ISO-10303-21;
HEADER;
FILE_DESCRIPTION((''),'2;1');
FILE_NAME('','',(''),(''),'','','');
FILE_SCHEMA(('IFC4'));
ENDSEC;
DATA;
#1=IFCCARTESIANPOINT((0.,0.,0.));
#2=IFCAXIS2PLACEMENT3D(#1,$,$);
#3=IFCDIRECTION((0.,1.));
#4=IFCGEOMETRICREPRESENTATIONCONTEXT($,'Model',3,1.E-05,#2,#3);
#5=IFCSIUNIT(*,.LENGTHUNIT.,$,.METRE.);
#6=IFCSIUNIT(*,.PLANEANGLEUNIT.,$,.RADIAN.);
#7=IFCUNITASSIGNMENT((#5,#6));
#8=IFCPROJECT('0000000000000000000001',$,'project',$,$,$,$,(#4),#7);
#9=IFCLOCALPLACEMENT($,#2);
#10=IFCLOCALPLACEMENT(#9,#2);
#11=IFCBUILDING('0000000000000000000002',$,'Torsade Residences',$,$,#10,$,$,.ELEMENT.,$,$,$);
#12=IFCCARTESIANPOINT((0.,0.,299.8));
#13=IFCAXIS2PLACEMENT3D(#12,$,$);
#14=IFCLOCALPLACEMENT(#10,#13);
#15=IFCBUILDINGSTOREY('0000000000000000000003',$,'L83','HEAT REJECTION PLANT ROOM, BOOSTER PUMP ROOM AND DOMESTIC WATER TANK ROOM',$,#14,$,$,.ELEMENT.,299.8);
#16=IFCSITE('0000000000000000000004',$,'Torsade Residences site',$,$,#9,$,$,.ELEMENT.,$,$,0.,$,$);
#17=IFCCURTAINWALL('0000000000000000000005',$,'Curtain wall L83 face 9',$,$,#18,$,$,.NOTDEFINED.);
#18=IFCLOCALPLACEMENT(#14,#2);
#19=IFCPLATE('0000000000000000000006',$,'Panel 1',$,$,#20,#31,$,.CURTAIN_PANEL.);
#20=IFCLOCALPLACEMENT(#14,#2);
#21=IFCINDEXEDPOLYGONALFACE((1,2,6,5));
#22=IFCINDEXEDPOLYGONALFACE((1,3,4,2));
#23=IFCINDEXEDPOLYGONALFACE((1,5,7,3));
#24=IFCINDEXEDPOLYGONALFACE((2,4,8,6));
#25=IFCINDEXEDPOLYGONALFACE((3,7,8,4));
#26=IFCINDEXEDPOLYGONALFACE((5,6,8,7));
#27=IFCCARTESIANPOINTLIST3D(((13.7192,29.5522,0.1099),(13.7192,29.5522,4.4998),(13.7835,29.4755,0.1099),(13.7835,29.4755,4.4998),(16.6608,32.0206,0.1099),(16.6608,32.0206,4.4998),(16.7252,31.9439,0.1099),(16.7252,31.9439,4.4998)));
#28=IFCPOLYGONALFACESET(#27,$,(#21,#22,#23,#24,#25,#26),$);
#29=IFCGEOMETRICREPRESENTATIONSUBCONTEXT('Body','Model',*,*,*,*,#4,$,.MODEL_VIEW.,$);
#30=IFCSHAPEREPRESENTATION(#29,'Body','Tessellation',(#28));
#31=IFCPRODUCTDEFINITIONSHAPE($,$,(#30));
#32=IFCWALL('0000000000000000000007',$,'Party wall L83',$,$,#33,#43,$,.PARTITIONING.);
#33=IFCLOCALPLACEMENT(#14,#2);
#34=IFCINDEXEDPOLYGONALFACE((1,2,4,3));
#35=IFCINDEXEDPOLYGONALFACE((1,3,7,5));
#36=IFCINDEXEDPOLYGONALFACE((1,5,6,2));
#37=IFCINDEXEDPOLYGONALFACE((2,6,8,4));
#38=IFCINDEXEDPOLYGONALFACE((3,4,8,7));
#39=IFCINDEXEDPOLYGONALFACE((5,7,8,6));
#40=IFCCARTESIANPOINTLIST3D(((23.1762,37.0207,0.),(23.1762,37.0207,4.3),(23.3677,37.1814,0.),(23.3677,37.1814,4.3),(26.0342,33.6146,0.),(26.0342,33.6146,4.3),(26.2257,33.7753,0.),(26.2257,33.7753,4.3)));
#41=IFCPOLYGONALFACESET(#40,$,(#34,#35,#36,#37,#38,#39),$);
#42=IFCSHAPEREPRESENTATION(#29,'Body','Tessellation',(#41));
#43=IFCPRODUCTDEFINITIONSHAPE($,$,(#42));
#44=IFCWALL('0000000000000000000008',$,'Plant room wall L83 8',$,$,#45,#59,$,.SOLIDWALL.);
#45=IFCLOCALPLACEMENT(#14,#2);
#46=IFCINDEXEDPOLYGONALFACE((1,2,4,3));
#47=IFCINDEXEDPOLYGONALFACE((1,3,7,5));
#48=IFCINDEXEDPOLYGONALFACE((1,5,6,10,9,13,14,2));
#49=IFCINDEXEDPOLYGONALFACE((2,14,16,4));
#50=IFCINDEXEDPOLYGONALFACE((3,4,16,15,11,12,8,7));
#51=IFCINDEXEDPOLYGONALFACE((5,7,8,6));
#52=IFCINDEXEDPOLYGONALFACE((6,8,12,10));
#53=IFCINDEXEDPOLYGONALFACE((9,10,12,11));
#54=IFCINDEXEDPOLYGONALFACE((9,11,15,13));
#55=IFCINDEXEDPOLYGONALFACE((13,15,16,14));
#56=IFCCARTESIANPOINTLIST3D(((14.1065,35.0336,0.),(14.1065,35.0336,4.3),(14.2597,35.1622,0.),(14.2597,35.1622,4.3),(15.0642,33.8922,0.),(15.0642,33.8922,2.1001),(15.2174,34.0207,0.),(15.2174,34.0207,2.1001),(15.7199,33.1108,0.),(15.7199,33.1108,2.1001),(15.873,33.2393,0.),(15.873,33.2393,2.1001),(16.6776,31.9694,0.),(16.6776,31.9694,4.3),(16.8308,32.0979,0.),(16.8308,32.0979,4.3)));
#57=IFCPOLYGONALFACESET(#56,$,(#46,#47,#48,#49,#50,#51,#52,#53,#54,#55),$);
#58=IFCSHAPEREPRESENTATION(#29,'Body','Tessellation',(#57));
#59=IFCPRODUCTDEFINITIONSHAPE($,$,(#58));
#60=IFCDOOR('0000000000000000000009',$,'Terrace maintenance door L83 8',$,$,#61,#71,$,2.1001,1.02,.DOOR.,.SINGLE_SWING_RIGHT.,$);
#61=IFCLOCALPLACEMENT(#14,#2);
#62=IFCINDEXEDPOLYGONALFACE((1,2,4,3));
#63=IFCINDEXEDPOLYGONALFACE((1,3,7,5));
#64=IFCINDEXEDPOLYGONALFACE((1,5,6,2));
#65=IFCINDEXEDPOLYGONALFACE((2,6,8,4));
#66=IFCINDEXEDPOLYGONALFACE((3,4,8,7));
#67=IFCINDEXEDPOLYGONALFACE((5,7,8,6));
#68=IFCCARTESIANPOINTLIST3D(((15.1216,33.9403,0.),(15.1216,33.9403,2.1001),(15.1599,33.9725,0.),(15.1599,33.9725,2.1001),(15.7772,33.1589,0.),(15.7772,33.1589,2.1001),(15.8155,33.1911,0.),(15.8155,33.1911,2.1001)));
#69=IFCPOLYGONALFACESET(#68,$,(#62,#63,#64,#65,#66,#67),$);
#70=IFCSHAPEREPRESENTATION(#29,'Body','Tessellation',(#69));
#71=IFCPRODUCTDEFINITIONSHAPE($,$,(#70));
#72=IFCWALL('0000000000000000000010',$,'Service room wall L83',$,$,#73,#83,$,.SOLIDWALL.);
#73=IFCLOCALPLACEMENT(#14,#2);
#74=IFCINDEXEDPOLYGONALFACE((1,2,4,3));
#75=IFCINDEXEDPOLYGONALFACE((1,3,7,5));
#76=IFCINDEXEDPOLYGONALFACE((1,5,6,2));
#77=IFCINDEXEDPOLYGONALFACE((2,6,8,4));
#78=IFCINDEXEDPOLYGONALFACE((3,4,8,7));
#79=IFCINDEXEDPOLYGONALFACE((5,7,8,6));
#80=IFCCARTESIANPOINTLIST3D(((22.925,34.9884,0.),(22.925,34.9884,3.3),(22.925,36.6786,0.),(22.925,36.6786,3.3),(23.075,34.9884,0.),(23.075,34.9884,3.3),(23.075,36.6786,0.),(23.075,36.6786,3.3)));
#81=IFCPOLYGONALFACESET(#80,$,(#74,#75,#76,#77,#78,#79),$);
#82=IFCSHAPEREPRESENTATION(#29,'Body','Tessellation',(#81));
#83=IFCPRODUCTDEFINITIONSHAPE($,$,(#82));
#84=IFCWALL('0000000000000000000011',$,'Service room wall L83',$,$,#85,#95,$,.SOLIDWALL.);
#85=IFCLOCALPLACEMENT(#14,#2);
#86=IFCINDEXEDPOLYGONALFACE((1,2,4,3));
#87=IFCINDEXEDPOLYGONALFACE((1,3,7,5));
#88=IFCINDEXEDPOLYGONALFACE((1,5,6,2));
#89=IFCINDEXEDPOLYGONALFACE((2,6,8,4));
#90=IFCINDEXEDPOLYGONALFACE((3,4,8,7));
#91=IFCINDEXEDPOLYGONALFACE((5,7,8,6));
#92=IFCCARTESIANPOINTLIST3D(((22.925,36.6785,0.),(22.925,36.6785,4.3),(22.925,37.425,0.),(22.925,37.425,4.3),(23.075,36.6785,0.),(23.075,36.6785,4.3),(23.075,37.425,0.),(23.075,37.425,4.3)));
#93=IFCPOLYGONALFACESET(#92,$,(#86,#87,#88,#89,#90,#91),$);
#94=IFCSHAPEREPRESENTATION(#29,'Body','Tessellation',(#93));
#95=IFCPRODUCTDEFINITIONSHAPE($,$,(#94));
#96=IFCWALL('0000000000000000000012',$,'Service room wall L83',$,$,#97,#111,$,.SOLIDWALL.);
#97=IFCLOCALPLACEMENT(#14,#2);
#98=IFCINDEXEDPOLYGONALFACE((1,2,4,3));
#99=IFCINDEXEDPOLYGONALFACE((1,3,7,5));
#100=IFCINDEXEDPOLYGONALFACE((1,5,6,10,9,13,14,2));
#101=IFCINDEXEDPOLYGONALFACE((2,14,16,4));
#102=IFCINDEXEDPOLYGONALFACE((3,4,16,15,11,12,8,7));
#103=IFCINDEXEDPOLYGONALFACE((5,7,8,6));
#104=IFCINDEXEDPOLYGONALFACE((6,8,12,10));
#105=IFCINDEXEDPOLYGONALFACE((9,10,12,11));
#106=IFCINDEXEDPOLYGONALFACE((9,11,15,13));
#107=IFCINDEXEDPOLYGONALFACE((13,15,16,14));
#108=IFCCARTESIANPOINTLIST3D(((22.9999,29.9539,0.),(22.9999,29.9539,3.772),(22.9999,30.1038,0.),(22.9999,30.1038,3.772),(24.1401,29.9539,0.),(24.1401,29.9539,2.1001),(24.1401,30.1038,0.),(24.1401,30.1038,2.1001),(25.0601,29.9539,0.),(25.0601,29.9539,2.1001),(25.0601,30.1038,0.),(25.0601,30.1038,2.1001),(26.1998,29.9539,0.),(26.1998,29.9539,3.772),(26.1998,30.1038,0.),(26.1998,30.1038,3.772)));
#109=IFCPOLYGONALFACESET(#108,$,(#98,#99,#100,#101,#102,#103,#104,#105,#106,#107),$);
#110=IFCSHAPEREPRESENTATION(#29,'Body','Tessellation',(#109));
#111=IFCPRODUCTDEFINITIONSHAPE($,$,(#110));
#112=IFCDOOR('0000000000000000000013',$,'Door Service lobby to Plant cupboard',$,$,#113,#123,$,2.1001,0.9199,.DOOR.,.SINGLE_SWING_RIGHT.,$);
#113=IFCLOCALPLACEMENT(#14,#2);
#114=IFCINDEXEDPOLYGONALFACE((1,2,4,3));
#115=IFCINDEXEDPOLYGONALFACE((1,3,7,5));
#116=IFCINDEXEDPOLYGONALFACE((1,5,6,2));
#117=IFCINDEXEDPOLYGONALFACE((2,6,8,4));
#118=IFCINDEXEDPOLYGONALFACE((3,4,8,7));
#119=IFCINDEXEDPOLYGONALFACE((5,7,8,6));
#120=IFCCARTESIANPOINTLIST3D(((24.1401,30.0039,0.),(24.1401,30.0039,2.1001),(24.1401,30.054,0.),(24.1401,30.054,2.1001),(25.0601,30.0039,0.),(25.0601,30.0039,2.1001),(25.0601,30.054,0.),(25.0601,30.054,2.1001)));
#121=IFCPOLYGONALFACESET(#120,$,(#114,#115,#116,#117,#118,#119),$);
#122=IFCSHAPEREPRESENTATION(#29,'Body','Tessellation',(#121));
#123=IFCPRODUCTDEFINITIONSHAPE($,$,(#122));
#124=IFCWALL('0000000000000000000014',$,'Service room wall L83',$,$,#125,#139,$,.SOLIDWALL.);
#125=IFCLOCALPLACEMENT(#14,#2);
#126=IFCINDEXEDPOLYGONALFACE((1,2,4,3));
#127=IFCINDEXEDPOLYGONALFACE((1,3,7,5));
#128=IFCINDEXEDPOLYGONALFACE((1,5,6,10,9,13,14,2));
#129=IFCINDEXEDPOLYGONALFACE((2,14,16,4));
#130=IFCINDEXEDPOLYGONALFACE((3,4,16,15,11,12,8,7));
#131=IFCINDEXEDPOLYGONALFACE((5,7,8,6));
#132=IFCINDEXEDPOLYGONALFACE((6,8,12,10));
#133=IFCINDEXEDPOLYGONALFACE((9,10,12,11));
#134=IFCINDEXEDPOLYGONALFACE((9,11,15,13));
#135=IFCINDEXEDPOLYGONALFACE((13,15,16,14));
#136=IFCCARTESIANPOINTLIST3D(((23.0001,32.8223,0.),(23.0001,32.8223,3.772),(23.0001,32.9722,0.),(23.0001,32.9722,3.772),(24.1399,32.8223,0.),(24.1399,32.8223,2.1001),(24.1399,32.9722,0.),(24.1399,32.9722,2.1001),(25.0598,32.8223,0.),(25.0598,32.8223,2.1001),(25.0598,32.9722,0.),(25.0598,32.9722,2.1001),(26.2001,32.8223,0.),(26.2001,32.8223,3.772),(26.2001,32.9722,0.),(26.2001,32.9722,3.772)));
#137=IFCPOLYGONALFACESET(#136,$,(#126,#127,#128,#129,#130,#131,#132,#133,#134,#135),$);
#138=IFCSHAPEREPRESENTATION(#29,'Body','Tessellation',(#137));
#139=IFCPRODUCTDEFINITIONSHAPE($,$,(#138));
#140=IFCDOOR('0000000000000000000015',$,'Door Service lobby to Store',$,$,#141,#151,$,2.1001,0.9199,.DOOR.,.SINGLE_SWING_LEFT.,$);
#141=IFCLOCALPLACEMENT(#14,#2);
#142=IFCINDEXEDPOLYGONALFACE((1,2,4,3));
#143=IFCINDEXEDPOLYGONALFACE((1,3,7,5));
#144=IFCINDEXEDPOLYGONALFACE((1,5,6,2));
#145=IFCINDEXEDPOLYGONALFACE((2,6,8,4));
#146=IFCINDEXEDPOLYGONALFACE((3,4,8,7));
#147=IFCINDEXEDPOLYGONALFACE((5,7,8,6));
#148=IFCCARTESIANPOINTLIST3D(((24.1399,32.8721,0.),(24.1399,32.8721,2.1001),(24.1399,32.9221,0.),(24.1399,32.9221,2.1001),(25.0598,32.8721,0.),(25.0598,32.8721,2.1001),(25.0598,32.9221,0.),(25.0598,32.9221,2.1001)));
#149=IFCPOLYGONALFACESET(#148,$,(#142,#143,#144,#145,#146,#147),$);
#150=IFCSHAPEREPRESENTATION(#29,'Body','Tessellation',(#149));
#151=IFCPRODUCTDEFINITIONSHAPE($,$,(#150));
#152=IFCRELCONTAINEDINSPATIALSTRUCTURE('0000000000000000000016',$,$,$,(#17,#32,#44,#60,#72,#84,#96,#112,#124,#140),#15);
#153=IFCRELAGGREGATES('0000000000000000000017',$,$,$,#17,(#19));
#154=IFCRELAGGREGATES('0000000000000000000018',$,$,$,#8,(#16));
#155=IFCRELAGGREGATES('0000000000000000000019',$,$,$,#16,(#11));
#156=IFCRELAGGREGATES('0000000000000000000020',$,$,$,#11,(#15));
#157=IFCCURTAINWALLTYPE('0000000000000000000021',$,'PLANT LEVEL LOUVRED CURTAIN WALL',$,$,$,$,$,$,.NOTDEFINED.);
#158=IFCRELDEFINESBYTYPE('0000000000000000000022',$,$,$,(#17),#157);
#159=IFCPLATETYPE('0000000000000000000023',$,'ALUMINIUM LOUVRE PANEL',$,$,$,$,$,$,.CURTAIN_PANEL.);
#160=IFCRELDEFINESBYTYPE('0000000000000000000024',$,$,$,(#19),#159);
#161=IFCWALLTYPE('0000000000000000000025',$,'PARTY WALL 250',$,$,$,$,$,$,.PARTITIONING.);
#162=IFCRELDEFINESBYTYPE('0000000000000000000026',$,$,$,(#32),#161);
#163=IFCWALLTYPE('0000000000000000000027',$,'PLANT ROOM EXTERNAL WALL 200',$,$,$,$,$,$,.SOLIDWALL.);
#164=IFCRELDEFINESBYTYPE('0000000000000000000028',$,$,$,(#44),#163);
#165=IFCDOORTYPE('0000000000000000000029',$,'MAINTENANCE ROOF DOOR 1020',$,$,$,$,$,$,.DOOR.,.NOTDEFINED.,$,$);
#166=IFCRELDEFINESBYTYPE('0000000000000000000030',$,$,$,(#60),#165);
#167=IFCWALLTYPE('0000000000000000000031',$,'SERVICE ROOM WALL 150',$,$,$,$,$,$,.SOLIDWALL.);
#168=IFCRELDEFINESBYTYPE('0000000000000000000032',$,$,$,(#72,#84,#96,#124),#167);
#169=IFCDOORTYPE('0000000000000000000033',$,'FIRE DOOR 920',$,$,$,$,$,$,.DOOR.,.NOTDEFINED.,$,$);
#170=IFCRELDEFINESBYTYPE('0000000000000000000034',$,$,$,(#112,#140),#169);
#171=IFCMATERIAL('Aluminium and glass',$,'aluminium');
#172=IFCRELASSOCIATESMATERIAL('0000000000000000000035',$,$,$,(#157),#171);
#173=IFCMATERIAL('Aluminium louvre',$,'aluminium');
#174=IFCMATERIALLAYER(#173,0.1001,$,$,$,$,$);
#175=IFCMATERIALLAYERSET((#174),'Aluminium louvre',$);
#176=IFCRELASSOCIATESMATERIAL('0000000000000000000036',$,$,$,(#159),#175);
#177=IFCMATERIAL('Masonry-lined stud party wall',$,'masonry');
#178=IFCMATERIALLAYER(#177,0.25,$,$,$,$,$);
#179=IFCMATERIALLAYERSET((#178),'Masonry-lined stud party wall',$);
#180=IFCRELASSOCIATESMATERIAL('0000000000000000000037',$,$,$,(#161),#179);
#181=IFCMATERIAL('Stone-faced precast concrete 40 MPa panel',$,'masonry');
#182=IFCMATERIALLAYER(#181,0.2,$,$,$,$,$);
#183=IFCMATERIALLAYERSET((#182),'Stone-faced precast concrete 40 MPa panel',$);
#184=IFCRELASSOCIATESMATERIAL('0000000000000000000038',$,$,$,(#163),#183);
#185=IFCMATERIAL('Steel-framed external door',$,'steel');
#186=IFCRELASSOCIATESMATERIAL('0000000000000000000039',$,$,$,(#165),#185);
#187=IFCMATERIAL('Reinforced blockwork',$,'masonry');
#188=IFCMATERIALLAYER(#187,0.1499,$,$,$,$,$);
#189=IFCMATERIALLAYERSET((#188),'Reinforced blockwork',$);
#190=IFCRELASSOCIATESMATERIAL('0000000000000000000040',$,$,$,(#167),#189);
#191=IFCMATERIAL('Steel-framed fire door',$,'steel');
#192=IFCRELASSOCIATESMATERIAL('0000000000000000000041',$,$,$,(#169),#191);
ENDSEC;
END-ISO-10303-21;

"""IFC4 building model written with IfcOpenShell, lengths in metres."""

from ifc_helpers import new_model, si_unit, direction, frame, frame_2d, origin, origin_2d, place, context, subcontext, project, spatial, rectangle, extrude, material, layer, layer_set, type_object, element, fill, aggregate, save


model = new_model("IFC4")

# Units and contexts
model_context = context("Model", 3, precision=1e-05, world=origin(), true_north=direction((0.0, 1.0)))
body_context = subcontext(model_context, "Body", "Model", "MODEL_VIEW")
ifc_project = project(units=[si_unit("LENGTHUNIT", "METRE"), si_unit("PLANEANGLEUNIT", "RADIAN")], contexts=[model_context])

# Site, building, storey
site_placement = place(None, origin())
site = spatial("IfcSite", under=ifc_project, at=site_placement, Name="Torsade Residences site", CompositionType="ELEMENT", RefElevation=0.0)
building_placement = place(site_placement, origin())
building = spatial("IfcBuilding", under=site, at=building_placement, Name="Torsade Residences", CompositionType="ELEMENT")
storey_placement = place(building_placement, frame((0.0, 0.0, 299.8)))
storey = spatial("IfcBuildingStorey", under=building, at=storey_placement, Name="L83", Description="HEAT REJECTION PLANT ROOM, BOOSTER PUMP ROOM AND DOMESTIC WATER TANK ROOM", CompositionType="ELEMENT", Elevation=299.8)

# Shared definitions
ifc_material_1 = material(Name="Aluminium and glass", Category="aluminium")
curtain_wall_type = type_object("IfcCurtainWallType", Name="PLANT LEVEL LOUVRED CURTAIN WALL", PredefinedType="NOTDEFINED", material=ifc_material_1)

# Curtain wall
curtain_wall_1_placement = place(storey_placement, origin())
curtain_wall_1 = element("IfcCurtainWall", 1, at=curtain_wall_1_placement, inside=storey, type_object=curtain_wall_type, Name="Curtain wall L83 face 9", PredefinedType="NOTDEFINED")

# Plate
ifc_material_2 = material(Name="Aluminium louvre", Category="aluminium")
ifc_layer_1 = layer(ifc_material_2, 0.1001)
ifc_layer_set_1 = layer_set([ifc_layer_1], Name="Aluminium louvre")
plate_type = type_object("IfcPlateType", Name="ALUMINIUM LOUVRE PANEL", PredefinedType="CURTAIN_PANEL", material=ifc_layer_set_1)
plate_1_placement = place(storey_placement, frame((15.2222, 30.748, 0.1099), z_axis=(0.0, 0.0, 1.0), x_axis=(-0.766044, -0.642788, 0.0)))
plate_1 = element("IfcPlate", 2, at=plate_1_placement, type_object=plate_type, Name="Panel 1", PredefinedType="CURTAIN_PANEL", context=body_context, shape_type="SweptSolid", body=[
    extrude(rectangle(XDim=3.8401, YDim=0.1001, at=origin_2d()), origin(), (0.0, 0.0, 1.0), 4.3899),
])
aggregate(curtain_wall_1, [plate_1])

# Wall
ifc_material_3 = material(Name="Masonry-lined stud party wall", Category="masonry")
ifc_layer_2 = layer(ifc_material_3, 0.25)
ifc_layer_set_2 = layer_set([ifc_layer_2], Name="Masonry-lined stud party wall")
wall_type_1 = type_object("IfcWallType", Name="PARTY WALL 250", PredefinedType="PARTITIONING", material=ifc_layer_set_2)
wall_1_placement = place(storey_placement, frame((23.272, 37.1011, 0.0), z_axis=(0.0, 0.0, 1.0), x_axis=(0.642779, -0.766052, 0.0)))
element("IfcWall", 3, at=wall_1_placement, inside=storey, type_object=wall_type_1, Name="Party wall L83", PredefinedType="PARTITIONING", context=body_context, shape_type="SweptSolid", body=[
    extrude(rectangle(XDim=4.4463, YDim=0.25, at=frame_2d((2.2231, 0.0))), origin(), (0.0, 0.0, 1.0), 4.3),
])

# Wall, opening, door
ifc_material_4 = material(Name="Stone-faced precast concrete 40 MPa panel", Category="masonry")
ifc_layer_3 = layer(ifc_material_4, 0.2)
ifc_layer_set_3 = layer_set([ifc_layer_3], Name="Stone-faced precast concrete 40 MPa panel")
wall_type_2 = type_object("IfcWallType", Name="PLANT ROOM EXTERNAL WALL 200", PredefinedType="SOLIDWALL", material=ifc_layer_set_3)
wall_2_placement = place(storey_placement, frame((14.1831, 35.0979, 0.0), z_axis=(0.0, 0.0, 1.0), x_axis=(0.642768, -0.766061, 0.0)))
wall_2 = element("IfcWall", 4, at=wall_2_placement, inside=storey, type_object=wall_type_2, Name="Plant room wall L83 8", PredefinedType="SOLIDWALL", context=body_context, shape_type="SweptSolid", body=[
    extrude(rectangle(XDim=4.0, YDim=0.2, at=frame_2d((2.0, 0.0))), origin(), (0.0, 0.0, 1.0), 4.3),
])
opening_1_placement = place(wall_2_placement, frame((1.49, 0.0, 0.0)))
opening_1 = element("IfcOpeningElement", 5, at=opening_1_placement, cuts=wall_2, PredefinedType="OPENING", context=body_context, shape_type="SweptSolid", body=[
    extrude(rectangle(XDim=1.02, YDim=2.1001, at=frame_2d((0.51, 1.05))), frame((0.0, 0.1099, 0.0), z_axis=(0.0, -1.0, 0.0), x_axis=(1.0, 0.0, 0.0)), (0.0, 0.0, 1.0), 0.22),
])
ifc_material_5 = material(Name="Steel-framed external door", Category="steel")
door_type_1 = type_object("IfcDoorType", Name="MAINTENANCE ROOF DOOR 1020", OperationType="NOTDEFINED", PredefinedType="DOOR", material=ifc_material_5)
door_1_placement = place(opening_1_placement, origin())
door_1 = element("IfcDoor", 6, at=door_1_placement, inside=storey, type_object=door_type_1, Name="Terrace maintenance door L83 8", OperationType="SINGLE_SWING_RIGHT", OverallHeight=2.1001, OverallWidth=1.02, PredefinedType="DOOR", context=body_context, shape_type="SweptSolid", body=[
    extrude(rectangle(XDim=1.02, YDim=2.1001, at=frame_2d((0.51, 1.05))), frame((0.0, 0.0249, 0.0), z_axis=(0.0, -1.0, 0.0), x_axis=(1.0, 0.0, 0.0)), (0.0, 0.0, 1.0), 0.05),
])
fill(opening_1, door_1)

# Walls
ifc_material_6 = material(Name="Reinforced blockwork", Category="masonry")
ifc_layer_4 = layer(ifc_material_6, 0.1499)
ifc_layer_set_4 = layer_set([ifc_layer_4], Name="Reinforced blockwork")
wall_type_3 = type_object("IfcWallType", Name="SERVICE ROOM WALL 150", PredefinedType="SOLIDWALL", material=ifc_layer_set_4)
wall_3_placement = place(storey_placement, frame((23.0, 34.9883, 0.0), z_axis=(0.0, 0.0, 1.0), x_axis=(0.0, 1.0, 0.0)))
element("IfcWall", 7, at=wall_3_placement, inside=storey, type_object=wall_type_3, Name="Service room wall L83", PredefinedType="SOLIDWALL", context=body_context, shape_type="SweptSolid", body=[
    extrude(rectangle(XDim=1.6902, YDim=0.1499, at=frame_2d((0.8452, 0.0))), origin(), (0.0, 0.0, 1.0), 3.3),
])
wall_4_placement = place(storey_placement, frame((23.0, 36.6785, 0.0), z_axis=(0.0, 0.0, 1.0), x_axis=(0.0, 1.0, 0.0)))
element("IfcWall", 8, at=wall_4_placement, inside=storey, type_object=wall_type_3, Name="Service room wall L83", PredefinedType="SOLIDWALL", context=body_context, shape_type="SweptSolid", body=[
    extrude(rectangle(XDim=0.7466, YDim=0.1499, at=frame_2d((0.3733, 0.0))), origin(), (0.0, 0.0, 1.0), 4.3),
])

# Walls, openings, doors
wall_5_placement = place(storey_placement, frame((26.2, 30.0288, 0.0), z_axis=(0.0, 0.0, 1.0), x_axis=(-1.0, 0.0, 0.0)))
wall_5 = element("IfcWall", 9, at=wall_5_placement, inside=storey, type_object=wall_type_3, Name="Service room wall L83", PredefinedType="SOLIDWALL", context=body_context, shape_type="SweptSolid", body=[
    extrude(rectangle(XDim=3.2, YDim=0.1499, at=frame_2d((1.6001, 0.0))), origin(), (0.0, 0.0, 1.0), 3.772),
])
opening_2_placement = place(wall_5_placement, frame((1.1399, 0.0, 0.0)))
opening_2 = element("IfcOpeningElement", 10, at=opening_2_placement, cuts=wall_5, PredefinedType="OPENING", context=body_context, shape_type="SweptSolid", body=[
    extrude(rectangle(XDim=0.9199, YDim=2.1001, at=frame_2d((0.46, 1.05))), frame((0.0, 0.085, 0.0), z_axis=(0.0, -1.0, 0.0), x_axis=(1.0, 0.0, 0.0)), (0.0, 0.0, 1.0), 0.1699),
])
ifc_material_7 = material(Name="Steel-framed fire door", Category="steel")
door_type_2 = type_object("IfcDoorType", Name="FIRE DOOR 920", OperationType="NOTDEFINED", PredefinedType="DOOR", material=ifc_material_7)
door_2_placement = place(opening_2_placement, origin())
door_2 = element("IfcDoor", 11, at=door_2_placement, inside=storey, type_object=door_type_2, Name="Door Service lobby to Plant cupboard", OperationType="SINGLE_SWING_RIGHT", OverallHeight=2.1001, OverallWidth=0.9199, PredefinedType="DOOR", context=body_context, shape_type="SweptSolid", body=[
    extrude(rectangle(XDim=0.9199, YDim=2.1001, at=frame_2d((0.46, 1.05))), frame((0.0, 0.0249, 0.0), z_axis=(0.0, -1.0, 0.0), x_axis=(1.0, 0.0, 0.0)), (0.0, 0.0, 1.0), 0.05),
])
fill(opening_2, door_2)
wall_6_placement = place(storey_placement, frame((23.0, 32.8972, 0.0), z_axis=(0.0, 0.0, 1.0), x_axis=(1.0, 0.0, 0.0)))
wall_6 = element("IfcWall", 12, at=wall_6_placement, inside=storey, type_object=wall_type_3, Name="Service room wall L83", PredefinedType="SOLIDWALL", context=body_context, shape_type="SweptSolid", body=[
    extrude(rectangle(XDim=3.2, YDim=0.1499, at=frame_2d((1.6001, 0.0))), origin(), (0.0, 0.0, 1.0), 3.772),
])
opening_3_placement = place(wall_6_placement, frame((1.1399, 0.0, 0.0)))
opening_3 = element("IfcOpeningElement", 13, at=opening_3_placement, cuts=wall_6, PredefinedType="OPENING", context=body_context, shape_type="SweptSolid", body=[
    extrude(rectangle(XDim=0.9199, YDim=2.1001, at=frame_2d((0.46, 1.05))), frame((0.0, 0.085, 0.0), z_axis=(0.0, -1.0, 0.0), x_axis=(1.0, 0.0, 0.0)), (0.0, 0.0, 1.0), 0.1699),
])
door_3_placement = place(opening_3_placement, origin())
door_3 = element("IfcDoor", 14, at=door_3_placement, inside=storey, type_object=door_type_2, Name="Door Service lobby to Store", OperationType="SINGLE_SWING_LEFT", OverallHeight=2.1001, OverallWidth=0.9199, PredefinedType="DOOR", context=body_context, shape_type="SweptSolid", body=[
    extrude(rectangle(XDim=0.9199, YDim=2.1001, at=frame_2d((0.46, 1.05))), frame((0.0, 0.0249, 0.0), z_axis=(0.0, -1.0, 0.0), x_axis=(1.0, 0.0, 0.0)), (0.0, 0.0, 1.0), 0.05),
])
fill(opening_3, door_3)

save(model, "model.ifc")
